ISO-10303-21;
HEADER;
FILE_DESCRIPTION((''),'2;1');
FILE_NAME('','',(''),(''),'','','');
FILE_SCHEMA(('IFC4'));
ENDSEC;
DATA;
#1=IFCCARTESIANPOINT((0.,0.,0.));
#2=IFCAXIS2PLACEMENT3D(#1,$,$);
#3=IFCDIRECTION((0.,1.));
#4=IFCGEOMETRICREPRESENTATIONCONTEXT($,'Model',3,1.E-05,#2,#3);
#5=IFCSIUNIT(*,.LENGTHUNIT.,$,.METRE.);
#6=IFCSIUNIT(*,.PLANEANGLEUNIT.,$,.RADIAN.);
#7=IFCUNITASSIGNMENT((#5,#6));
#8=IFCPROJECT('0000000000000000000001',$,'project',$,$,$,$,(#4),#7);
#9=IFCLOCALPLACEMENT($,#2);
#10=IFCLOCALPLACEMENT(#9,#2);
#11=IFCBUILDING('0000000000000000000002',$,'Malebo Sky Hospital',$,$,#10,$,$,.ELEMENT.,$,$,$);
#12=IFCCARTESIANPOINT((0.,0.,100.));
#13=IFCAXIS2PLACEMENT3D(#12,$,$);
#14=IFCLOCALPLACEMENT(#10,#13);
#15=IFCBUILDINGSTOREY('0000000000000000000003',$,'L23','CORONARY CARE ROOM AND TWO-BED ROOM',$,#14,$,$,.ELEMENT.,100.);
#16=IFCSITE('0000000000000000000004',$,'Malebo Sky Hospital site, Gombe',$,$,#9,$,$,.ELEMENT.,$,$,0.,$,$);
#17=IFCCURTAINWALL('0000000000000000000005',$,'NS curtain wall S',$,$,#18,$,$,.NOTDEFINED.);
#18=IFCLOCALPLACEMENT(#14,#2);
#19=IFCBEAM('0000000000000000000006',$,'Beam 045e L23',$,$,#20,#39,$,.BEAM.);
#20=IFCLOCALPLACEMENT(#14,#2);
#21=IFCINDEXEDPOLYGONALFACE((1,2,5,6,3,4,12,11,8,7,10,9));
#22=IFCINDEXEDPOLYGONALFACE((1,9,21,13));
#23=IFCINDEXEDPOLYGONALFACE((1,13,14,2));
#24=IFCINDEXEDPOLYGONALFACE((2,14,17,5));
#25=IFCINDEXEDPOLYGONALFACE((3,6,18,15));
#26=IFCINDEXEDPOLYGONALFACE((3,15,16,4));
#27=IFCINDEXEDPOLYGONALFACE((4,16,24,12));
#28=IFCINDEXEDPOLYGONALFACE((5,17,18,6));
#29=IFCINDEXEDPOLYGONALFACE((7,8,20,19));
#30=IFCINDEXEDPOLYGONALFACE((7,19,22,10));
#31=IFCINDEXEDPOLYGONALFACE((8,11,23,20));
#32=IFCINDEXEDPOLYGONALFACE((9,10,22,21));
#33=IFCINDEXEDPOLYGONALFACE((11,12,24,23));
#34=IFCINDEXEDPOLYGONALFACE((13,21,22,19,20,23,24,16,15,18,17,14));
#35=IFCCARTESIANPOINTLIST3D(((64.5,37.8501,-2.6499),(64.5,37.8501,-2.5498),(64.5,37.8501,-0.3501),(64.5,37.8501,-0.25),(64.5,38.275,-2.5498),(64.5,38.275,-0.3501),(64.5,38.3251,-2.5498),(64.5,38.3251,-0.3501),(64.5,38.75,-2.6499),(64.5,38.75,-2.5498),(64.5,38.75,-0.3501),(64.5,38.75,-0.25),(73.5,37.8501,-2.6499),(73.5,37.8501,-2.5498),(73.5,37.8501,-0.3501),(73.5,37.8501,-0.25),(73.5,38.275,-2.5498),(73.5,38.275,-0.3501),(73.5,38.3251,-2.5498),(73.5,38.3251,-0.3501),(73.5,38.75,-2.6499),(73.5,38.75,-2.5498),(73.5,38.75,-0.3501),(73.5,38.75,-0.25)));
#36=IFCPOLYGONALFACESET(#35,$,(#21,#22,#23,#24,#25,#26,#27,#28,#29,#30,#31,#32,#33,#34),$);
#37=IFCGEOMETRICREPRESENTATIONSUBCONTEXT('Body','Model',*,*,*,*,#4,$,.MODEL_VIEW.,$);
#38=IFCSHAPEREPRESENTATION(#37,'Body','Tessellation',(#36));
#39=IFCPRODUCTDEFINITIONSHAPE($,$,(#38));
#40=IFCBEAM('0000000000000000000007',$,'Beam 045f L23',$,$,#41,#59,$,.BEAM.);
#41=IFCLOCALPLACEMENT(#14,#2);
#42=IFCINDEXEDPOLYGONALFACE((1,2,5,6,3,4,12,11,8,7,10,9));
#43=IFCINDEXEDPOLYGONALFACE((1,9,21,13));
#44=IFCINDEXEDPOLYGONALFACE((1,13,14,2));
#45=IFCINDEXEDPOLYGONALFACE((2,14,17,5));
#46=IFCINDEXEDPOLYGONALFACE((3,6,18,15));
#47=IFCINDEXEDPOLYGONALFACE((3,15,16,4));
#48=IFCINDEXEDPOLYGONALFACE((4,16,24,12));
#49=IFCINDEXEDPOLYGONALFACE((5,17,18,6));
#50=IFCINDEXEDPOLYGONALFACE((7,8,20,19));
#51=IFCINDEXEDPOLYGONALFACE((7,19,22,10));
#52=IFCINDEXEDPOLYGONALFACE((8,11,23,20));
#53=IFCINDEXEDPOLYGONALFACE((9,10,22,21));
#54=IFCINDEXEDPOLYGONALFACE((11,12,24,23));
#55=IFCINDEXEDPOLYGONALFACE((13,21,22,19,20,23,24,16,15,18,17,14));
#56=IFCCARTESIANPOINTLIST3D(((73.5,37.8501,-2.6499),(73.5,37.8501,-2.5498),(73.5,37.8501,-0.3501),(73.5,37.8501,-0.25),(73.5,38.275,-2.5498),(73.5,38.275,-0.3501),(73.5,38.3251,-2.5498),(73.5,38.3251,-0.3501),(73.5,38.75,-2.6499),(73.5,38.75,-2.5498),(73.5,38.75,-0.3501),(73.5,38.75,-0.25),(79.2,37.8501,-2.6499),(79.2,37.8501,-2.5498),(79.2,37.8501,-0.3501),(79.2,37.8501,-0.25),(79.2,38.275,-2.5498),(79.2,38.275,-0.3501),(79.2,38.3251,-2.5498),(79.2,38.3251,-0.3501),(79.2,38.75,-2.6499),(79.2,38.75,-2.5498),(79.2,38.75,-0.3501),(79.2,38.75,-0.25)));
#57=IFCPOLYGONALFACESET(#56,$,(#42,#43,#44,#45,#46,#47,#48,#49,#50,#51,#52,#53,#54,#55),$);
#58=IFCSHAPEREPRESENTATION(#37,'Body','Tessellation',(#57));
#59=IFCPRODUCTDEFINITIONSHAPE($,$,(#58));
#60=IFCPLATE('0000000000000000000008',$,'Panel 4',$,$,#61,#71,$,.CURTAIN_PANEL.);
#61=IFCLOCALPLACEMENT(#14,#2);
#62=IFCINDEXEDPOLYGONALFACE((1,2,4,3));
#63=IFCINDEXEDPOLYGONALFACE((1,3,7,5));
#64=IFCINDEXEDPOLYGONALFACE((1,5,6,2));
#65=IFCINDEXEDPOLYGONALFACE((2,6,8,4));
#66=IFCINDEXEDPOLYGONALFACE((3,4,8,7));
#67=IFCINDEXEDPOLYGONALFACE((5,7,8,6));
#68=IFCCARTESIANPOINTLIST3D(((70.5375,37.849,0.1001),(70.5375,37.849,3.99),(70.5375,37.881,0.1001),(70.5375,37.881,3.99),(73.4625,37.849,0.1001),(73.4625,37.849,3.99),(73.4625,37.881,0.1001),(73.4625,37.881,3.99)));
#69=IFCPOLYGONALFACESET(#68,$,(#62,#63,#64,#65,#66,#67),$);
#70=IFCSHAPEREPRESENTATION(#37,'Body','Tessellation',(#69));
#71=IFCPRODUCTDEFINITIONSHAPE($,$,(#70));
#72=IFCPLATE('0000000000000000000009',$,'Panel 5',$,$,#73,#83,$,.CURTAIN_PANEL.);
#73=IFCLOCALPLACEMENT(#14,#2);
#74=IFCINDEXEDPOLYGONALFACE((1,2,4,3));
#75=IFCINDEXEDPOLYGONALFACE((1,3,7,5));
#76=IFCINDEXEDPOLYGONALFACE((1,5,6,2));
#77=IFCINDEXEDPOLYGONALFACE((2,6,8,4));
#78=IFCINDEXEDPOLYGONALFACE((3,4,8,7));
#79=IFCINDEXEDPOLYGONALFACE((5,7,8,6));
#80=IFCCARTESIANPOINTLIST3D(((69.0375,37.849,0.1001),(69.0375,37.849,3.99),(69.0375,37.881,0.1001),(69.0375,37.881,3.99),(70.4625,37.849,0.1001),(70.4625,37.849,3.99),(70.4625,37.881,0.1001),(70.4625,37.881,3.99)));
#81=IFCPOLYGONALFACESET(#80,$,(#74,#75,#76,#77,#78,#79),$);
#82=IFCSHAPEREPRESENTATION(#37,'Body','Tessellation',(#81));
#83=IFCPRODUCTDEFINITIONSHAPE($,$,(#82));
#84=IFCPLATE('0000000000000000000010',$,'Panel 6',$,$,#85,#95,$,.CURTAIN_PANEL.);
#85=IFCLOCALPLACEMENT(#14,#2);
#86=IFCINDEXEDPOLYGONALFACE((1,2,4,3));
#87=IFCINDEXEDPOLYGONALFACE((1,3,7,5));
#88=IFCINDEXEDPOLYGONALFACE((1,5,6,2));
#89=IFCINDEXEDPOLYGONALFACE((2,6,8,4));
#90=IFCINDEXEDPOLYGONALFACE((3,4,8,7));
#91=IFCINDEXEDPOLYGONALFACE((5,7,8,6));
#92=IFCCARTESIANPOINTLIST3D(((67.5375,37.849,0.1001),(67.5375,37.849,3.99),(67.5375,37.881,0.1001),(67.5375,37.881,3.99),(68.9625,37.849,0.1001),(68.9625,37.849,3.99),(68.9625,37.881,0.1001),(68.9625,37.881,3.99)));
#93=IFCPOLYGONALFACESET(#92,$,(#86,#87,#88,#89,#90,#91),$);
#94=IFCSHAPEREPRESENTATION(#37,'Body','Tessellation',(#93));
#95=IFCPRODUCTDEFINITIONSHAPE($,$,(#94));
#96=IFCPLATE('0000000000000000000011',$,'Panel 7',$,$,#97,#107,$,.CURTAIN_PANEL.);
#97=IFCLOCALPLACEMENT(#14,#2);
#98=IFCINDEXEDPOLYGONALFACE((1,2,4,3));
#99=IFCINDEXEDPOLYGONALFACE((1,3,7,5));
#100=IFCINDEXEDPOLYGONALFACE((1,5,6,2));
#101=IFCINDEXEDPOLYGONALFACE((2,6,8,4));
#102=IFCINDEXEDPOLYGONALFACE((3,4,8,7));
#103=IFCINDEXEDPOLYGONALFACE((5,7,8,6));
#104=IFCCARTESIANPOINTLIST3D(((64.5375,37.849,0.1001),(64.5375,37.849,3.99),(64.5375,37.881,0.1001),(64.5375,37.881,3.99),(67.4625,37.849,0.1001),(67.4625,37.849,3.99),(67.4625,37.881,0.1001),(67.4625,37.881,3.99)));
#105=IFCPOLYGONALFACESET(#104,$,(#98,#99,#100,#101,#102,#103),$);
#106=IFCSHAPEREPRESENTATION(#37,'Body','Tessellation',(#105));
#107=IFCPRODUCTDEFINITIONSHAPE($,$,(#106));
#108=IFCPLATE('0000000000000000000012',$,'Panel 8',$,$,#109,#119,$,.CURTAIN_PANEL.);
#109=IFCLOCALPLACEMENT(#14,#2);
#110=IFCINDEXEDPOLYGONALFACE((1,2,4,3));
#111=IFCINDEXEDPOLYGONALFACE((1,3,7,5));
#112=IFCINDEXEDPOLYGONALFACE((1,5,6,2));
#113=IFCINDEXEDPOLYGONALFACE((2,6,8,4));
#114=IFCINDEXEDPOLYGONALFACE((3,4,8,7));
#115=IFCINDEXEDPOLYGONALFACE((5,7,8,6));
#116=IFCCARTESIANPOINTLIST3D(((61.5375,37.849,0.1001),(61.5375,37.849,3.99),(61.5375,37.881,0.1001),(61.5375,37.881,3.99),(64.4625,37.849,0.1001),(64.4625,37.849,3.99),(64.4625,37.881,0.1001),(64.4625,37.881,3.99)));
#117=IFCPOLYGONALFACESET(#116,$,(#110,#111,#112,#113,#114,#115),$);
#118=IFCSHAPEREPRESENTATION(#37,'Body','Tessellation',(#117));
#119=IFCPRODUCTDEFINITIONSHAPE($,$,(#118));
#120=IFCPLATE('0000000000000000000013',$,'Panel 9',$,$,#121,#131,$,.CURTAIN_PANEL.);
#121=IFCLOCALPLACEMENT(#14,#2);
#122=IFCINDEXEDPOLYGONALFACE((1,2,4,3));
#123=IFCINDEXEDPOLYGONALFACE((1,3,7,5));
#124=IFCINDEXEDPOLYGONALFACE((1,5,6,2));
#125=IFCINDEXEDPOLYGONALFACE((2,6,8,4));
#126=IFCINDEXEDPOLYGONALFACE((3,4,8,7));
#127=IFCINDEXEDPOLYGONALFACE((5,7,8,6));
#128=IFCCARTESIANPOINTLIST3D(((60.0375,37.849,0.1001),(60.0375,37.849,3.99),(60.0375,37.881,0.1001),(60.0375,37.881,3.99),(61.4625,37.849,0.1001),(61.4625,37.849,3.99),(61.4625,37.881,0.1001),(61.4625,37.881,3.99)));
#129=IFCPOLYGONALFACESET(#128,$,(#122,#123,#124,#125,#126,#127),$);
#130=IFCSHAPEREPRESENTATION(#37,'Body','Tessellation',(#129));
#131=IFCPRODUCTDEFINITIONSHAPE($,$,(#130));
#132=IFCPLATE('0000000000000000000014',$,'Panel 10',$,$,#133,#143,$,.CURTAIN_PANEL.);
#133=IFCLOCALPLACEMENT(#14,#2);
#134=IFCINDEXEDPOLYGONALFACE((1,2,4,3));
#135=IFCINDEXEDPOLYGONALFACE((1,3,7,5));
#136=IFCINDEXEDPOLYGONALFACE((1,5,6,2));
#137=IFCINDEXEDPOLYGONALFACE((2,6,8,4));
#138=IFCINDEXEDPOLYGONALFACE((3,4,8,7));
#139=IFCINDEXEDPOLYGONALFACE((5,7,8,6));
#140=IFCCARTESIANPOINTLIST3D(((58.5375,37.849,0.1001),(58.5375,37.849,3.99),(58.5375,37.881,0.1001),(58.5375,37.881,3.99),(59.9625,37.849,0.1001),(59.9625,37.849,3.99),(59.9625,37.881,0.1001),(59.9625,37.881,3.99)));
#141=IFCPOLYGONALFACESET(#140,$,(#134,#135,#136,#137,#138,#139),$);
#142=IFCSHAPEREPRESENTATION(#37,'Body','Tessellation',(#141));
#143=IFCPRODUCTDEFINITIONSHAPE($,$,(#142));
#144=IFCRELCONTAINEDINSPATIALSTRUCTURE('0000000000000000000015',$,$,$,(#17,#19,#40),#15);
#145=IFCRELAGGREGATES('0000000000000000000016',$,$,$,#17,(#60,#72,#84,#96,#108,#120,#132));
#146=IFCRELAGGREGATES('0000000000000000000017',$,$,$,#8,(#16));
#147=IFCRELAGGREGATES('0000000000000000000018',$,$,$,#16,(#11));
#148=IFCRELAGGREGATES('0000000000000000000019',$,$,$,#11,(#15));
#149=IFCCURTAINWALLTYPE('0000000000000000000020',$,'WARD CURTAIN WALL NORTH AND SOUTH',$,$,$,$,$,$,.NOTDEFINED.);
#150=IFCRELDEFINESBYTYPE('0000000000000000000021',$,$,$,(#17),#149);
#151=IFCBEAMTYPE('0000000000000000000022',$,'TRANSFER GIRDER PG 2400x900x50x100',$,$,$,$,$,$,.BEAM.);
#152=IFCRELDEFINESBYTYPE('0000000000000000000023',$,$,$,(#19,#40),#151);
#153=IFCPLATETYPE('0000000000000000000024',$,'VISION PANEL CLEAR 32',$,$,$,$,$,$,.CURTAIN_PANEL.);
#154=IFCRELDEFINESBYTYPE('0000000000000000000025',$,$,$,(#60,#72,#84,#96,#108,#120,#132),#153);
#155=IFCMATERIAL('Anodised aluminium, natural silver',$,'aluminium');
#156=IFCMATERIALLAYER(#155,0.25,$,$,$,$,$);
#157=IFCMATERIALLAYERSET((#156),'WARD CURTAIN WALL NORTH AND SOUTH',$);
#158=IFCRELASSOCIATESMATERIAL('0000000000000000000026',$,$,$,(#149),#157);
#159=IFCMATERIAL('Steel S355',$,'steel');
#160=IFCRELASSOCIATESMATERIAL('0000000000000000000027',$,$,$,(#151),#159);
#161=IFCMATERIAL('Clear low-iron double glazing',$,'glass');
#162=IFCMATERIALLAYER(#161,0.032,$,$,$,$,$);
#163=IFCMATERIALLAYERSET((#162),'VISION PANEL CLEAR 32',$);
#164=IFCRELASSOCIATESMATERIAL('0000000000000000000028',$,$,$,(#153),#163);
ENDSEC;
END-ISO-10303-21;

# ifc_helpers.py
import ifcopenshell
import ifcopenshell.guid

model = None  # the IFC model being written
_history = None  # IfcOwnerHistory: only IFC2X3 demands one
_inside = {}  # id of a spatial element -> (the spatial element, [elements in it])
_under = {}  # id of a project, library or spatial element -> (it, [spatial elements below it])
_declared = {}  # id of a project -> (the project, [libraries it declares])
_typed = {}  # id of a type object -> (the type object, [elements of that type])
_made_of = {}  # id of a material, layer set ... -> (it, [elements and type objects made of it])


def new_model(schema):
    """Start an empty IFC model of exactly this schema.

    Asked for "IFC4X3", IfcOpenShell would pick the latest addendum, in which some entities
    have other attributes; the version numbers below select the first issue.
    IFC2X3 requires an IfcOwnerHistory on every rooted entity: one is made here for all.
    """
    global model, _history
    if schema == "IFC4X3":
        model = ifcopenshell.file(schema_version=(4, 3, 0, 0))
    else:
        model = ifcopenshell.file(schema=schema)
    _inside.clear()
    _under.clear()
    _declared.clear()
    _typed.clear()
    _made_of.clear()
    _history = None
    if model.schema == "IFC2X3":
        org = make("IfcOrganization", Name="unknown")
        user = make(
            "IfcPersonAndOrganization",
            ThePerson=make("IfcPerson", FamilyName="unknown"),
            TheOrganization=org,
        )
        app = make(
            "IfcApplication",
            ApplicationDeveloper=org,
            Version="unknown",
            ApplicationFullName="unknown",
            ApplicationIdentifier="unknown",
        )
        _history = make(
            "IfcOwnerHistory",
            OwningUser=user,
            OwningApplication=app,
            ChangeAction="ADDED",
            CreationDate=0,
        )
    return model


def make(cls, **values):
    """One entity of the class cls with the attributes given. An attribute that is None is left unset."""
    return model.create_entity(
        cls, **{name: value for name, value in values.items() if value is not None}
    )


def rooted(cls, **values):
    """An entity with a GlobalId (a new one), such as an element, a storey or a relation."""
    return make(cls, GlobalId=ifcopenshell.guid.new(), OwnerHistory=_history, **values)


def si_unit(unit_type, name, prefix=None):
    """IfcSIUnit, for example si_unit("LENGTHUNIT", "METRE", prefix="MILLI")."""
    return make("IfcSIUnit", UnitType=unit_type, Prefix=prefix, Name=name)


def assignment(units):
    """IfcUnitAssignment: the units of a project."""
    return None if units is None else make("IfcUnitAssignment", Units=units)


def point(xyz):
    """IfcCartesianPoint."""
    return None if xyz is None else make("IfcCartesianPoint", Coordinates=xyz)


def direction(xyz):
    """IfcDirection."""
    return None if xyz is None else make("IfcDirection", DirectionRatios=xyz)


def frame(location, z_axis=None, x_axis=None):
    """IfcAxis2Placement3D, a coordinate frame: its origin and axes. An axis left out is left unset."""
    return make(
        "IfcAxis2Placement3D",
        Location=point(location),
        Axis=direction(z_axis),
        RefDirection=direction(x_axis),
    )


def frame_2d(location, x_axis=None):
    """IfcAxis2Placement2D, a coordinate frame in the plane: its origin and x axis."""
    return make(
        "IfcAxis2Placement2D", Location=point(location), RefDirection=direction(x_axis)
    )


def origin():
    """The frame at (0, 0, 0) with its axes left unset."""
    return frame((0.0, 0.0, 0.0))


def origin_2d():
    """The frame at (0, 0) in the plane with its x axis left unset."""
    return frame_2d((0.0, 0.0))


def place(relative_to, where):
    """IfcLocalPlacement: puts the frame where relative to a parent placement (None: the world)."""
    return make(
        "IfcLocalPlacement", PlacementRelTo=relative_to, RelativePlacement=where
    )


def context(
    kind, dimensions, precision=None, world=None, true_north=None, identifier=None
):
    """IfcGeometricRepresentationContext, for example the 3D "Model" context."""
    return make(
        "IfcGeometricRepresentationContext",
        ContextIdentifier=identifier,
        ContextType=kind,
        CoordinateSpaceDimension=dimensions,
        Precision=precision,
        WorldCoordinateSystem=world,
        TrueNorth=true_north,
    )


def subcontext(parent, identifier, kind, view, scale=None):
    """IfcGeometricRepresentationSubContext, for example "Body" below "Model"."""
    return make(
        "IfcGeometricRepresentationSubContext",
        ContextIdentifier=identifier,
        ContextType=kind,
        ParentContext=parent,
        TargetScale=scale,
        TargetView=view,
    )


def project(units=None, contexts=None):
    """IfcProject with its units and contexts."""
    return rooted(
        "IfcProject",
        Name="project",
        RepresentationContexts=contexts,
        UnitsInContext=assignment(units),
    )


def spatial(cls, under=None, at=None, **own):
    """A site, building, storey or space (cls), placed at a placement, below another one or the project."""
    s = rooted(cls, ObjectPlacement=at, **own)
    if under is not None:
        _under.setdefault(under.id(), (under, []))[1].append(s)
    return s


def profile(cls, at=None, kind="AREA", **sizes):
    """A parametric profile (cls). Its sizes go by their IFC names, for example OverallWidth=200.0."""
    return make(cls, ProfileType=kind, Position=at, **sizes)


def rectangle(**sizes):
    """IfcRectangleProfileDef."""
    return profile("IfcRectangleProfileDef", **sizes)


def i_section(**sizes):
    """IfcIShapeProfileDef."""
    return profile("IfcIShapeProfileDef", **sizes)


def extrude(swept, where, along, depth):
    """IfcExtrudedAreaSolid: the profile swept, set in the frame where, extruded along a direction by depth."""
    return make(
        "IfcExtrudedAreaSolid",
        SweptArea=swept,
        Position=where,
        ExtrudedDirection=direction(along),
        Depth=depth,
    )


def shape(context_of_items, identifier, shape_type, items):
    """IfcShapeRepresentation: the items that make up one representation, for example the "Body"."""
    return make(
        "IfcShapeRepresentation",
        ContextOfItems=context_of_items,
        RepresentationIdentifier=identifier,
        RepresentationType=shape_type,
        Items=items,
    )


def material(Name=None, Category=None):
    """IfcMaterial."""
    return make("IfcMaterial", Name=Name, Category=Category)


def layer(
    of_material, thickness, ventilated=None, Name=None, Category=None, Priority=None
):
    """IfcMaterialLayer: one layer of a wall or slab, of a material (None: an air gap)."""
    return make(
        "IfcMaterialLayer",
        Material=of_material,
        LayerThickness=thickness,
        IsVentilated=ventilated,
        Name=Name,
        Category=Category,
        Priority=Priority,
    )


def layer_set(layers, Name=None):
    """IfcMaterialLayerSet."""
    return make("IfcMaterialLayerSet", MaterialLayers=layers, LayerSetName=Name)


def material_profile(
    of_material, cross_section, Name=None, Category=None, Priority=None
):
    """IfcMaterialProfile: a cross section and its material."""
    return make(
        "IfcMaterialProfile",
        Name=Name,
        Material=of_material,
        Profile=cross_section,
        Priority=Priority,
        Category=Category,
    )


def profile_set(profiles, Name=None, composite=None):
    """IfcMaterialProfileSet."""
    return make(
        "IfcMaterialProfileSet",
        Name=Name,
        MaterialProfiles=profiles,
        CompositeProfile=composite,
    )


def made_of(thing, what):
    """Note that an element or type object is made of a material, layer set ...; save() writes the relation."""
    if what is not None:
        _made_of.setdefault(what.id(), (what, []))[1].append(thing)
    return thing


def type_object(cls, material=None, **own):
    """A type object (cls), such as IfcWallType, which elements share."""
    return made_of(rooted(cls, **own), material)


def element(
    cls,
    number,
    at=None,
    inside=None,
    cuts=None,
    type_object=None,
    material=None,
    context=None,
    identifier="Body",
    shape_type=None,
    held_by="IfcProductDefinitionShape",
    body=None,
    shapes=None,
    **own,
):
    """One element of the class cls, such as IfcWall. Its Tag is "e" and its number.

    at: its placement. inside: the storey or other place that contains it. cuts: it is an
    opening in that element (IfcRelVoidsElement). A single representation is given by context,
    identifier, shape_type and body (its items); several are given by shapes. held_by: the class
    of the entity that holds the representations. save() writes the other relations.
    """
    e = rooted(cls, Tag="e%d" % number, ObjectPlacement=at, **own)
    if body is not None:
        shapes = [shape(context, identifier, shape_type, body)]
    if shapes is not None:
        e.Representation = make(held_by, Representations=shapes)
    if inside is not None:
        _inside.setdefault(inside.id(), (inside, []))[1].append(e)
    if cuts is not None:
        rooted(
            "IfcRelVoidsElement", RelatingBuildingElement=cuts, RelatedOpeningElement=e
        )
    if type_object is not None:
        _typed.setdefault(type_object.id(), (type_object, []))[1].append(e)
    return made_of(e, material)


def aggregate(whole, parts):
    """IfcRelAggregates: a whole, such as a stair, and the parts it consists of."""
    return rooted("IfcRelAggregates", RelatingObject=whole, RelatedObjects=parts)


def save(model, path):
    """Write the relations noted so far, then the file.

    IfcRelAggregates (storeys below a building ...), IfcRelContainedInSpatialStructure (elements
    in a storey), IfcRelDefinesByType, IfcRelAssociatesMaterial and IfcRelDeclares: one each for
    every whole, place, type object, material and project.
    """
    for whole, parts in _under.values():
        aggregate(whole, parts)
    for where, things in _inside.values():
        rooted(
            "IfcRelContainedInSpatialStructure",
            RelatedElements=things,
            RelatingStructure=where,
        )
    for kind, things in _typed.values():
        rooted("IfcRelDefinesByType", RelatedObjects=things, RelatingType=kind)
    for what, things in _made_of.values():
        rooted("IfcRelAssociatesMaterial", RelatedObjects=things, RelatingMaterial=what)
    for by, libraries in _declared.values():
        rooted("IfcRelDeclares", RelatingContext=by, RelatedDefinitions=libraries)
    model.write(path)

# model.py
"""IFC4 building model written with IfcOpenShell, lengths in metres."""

from ifc_helpers import new_model, si_unit, direction, frame, origin, origin_2d, place, context, subcontext, project, spatial, rectangle, i_section, extrude, material, layer, layer_set, material_profile, profile_set, type_object, element, aggregate, save


model = new_model("IFC4")

# Units and contexts
model_context = context("Model", 3, precision=1e-05, world=origin(), true_north=direction((0.0, 1.0)))
body_context = subcontext(model_context, "Body", "Model", "MODEL_VIEW")
ifc_project = project(units=[si_unit("LENGTHUNIT", "METRE"), si_unit("PLANEANGLEUNIT", "RADIAN")], contexts=[model_context])

# Site, building, storey
site_placement = place(None, origin())
site = spatial("IfcSite", under=ifc_project, at=site_placement, Name="Malebo Sky Hospital site, Gombe", CompositionType="ELEMENT", RefElevation=0.0)
building_placement = place(site_placement, origin())
building = spatial("IfcBuilding", under=site, at=building_placement, Name="Malebo Sky Hospital", CompositionType="ELEMENT")
storey_placement = place(building_placement, frame((0.0, 0.0, 100.0)))
storey = spatial("IfcBuildingStorey", under=building, at=storey_placement, Name="L23", Description="CORONARY CARE ROOM AND TWO-BED ROOM", CompositionType="ELEMENT", Elevation=100.0)

# Curtain wall
ifc_material_1 = material(Name="Anodised aluminium, natural silver", Category="aluminium")
ifc_layer_1 = layer(ifc_material_1, 0.25)
ifc_layer_set_1 = layer_set([ifc_layer_1], Name="WARD CURTAIN WALL NORTH AND SOUTH")
curtain_wall_type = type_object("IfcCurtainWallType", Name="WARD CURTAIN WALL NORTH AND SOUTH", PredefinedType="NOTDEFINED", material=ifc_layer_set_1)
curtain_wall_placement = place(storey_placement, origin())
curtain_wall = element("IfcCurtainWall", 1, at=curtain_wall_placement, inside=storey, type_object=curtain_wall_type, Name="NS curtain wall S", PredefinedType="NOTDEFINED")

# Beams
ifc_material_2 = material(Name="Steel S355", Category="steel")
ifc_material_profile_1 = material_profile(ifc_material_2, i_section(OverallWidth=0.8999, OverallDepth=2.3999, WebThickness=0.05, FlangeThickness=0.1001, at=origin_2d()), Name="PG 2400x900x50x100")
ifc_profile_set_1 = profile_set([ifc_material_profile_1], Name="Steel S355")
beam_type_1 = type_object("IfcBeamType", Name="TRANSFER GIRDER PG 2400x900x50x100", PredefinedType="BEAM", material=ifc_profile_set_1)
beam_1_placement = place(storey_placement, frame((64.5, 38.3, -1.45), z_axis=(1.0, 0.0, 0.0), x_axis=(0.0, 1.0, 0.0)))
element("IfcBeam", 2, at=beam_1_placement, inside=storey, type_object=beam_type_1, Name="Beam 045e L23", PredefinedType="BEAM", context=body_context, shape_type="SweptSolid", body=[
    extrude(i_section(OverallWidth=0.8999, OverallDepth=2.3999, WebThickness=0.05, FlangeThickness=0.1001, at=origin_2d()), origin(), (0.0, 0.0, 1.0), 9.0),
])
beam_2_placement = place(storey_placement, frame((73.5, 38.3, -1.45), z_axis=(1.0, 0.0, 0.0), x_axis=(0.0, 1.0, 0.0)))
element("IfcBeam", 3, at=beam_2_placement, inside=storey, type_object=beam_type_1, Name="Beam 045f L23", PredefinedType="BEAM", context=body_context, shape_type="SweptSolid", body=[
    extrude(i_section(OverallWidth=0.8999, OverallDepth=2.3999, WebThickness=0.05, FlangeThickness=0.1001, at=origin_2d()), origin(), (0.0, 0.0, 1.0), 5.7),
])

# Plates
ifc_material_3 = material(Name="Clear low-iron double glazing", Category="glass")
ifc_layer_2 = layer(ifc_material_3, 0.032)
ifc_layer_set_2 = layer_set([ifc_layer_2], Name="VISION PANEL CLEAR 32")
plate_type = type_object("IfcPlateType", Name="VISION PANEL CLEAR 32", PredefinedType="CURTAIN_PANEL", material=ifc_layer_set_2)
plate_1_placement = place(storey_placement, frame((72.0, 37.865, 0.1001), z_axis=(0.0, 0.0, 1.0), x_axis=(-1.0, 0.0, 0.0)))
plate_1 = element("IfcPlate", 4, at=plate_1_placement, type_object=plate_type, Name="Panel 4", PredefinedType="CURTAIN_PANEL", context=body_context, shape_type="SweptSolid", body=[
    extrude(rectangle(XDim=2.925, YDim=0.032, at=origin_2d()), origin(), (0.0, 0.0, 1.0), 3.8899),
])
plate_2_placement = place(storey_placement, frame((69.75, 37.865, 0.1001), z_axis=(0.0, 0.0, 1.0), x_axis=(-1.0, 0.0, 0.0)))
plate_2 = element("IfcPlate", 5, at=plate_2_placement, type_object=plate_type, Name="Panel 5", PredefinedType="CURTAIN_PANEL", context=body_context, shape_type="SweptSolid", body=[
    extrude(rectangle(XDim=1.425, YDim=0.032, at=origin_2d()), origin(), (0.0, 0.0, 1.0), 3.8899),
])
plate_3_placement = place(storey_placement, frame((68.25, 37.865, 0.1001), z_axis=(0.0, 0.0, 1.0), x_axis=(-1.0, 0.0, 0.0)))
plate_3 = element("IfcPlate", 6, at=plate_3_placement, type_object=plate_type, Name="Panel 6", PredefinedType="CURTAIN_PANEL", context=body_context, shape_type="SweptSolid", body=[
    extrude(rectangle(XDim=1.425, YDim=0.032, at=origin_2d()), origin(), (0.0, 0.0, 1.0), 3.8899),
])
plate_4_placement = place(storey_placement, frame((66.0, 37.865, 0.1001), z_axis=(0.0, 0.0, 1.0), x_axis=(-1.0, 0.0, 0.0)))
plate_4 = element("IfcPlate", 7, at=plate_4_placement, type_object=plate_type, Name="Panel 7", PredefinedType="CURTAIN_PANEL", context=body_context, shape_type="SweptSolid", body=[
    extrude(rectangle(XDim=2.925, YDim=0.032, at=origin_2d()), origin(), (0.0, 0.0, 1.0), 3.8899),
])
plate_5_placement = place(storey_placement, frame((63.0, 37.865, 0.1001), z_axis=(0.0, 0.0, 1.0), x_axis=(-1.0, 0.0, 0.0)))
plate_5 = element("IfcPlate", 8, at=plate_5_placement, type_object=plate_type, Name="Panel 8", PredefinedType="CURTAIN_PANEL", context=body_context, shape_type="SweptSolid", body=[
    extrude(rectangle(XDim=2.925, YDim=0.032, at=origin_2d()), origin(), (0.0, 0.0, 1.0), 3.8899),
])
plate_6_placement = place(storey_placement, frame((60.75, 37.865, 0.1001), z_axis=(0.0, 0.0, 1.0), x_axis=(-1.0, 0.0, 0.0)))
plate_6 = element("IfcPlate", 9, at=plate_6_placement, type_object=plate_type, Name="Panel 9", PredefinedType="CURTAIN_PANEL", context=body_context, shape_type="SweptSolid", body=[
    extrude(rectangle(XDim=1.425, YDim=0.032, at=origin_2d()), origin(), (0.0, 0.0, 1.0), 3.8899),
])
plate_7_placement = place(storey_placement, frame((59.25, 37.865, 0.1001), z_axis=(0.0, 0.0, 1.0), x_axis=(-1.0, 0.0, 0.0)))
plate_7 = element("IfcPlate", 10, at=plate_7_placement, type_object=plate_type, Name="Panel 10", PredefinedType="CURTAIN_PANEL", context=body_context, shape_type="SweptSolid", body=[
    extrude(rectangle(XDim=1.425, YDim=0.032, at=origin_2d()), origin(), (0.0, 0.0, 1.0), 3.8899),
])
aggregate(curtain_wall, [plate_1, plate_2, plate_3, plate_4, plate_5, plate_6, plate_7])

save(model, "model.ifc")
